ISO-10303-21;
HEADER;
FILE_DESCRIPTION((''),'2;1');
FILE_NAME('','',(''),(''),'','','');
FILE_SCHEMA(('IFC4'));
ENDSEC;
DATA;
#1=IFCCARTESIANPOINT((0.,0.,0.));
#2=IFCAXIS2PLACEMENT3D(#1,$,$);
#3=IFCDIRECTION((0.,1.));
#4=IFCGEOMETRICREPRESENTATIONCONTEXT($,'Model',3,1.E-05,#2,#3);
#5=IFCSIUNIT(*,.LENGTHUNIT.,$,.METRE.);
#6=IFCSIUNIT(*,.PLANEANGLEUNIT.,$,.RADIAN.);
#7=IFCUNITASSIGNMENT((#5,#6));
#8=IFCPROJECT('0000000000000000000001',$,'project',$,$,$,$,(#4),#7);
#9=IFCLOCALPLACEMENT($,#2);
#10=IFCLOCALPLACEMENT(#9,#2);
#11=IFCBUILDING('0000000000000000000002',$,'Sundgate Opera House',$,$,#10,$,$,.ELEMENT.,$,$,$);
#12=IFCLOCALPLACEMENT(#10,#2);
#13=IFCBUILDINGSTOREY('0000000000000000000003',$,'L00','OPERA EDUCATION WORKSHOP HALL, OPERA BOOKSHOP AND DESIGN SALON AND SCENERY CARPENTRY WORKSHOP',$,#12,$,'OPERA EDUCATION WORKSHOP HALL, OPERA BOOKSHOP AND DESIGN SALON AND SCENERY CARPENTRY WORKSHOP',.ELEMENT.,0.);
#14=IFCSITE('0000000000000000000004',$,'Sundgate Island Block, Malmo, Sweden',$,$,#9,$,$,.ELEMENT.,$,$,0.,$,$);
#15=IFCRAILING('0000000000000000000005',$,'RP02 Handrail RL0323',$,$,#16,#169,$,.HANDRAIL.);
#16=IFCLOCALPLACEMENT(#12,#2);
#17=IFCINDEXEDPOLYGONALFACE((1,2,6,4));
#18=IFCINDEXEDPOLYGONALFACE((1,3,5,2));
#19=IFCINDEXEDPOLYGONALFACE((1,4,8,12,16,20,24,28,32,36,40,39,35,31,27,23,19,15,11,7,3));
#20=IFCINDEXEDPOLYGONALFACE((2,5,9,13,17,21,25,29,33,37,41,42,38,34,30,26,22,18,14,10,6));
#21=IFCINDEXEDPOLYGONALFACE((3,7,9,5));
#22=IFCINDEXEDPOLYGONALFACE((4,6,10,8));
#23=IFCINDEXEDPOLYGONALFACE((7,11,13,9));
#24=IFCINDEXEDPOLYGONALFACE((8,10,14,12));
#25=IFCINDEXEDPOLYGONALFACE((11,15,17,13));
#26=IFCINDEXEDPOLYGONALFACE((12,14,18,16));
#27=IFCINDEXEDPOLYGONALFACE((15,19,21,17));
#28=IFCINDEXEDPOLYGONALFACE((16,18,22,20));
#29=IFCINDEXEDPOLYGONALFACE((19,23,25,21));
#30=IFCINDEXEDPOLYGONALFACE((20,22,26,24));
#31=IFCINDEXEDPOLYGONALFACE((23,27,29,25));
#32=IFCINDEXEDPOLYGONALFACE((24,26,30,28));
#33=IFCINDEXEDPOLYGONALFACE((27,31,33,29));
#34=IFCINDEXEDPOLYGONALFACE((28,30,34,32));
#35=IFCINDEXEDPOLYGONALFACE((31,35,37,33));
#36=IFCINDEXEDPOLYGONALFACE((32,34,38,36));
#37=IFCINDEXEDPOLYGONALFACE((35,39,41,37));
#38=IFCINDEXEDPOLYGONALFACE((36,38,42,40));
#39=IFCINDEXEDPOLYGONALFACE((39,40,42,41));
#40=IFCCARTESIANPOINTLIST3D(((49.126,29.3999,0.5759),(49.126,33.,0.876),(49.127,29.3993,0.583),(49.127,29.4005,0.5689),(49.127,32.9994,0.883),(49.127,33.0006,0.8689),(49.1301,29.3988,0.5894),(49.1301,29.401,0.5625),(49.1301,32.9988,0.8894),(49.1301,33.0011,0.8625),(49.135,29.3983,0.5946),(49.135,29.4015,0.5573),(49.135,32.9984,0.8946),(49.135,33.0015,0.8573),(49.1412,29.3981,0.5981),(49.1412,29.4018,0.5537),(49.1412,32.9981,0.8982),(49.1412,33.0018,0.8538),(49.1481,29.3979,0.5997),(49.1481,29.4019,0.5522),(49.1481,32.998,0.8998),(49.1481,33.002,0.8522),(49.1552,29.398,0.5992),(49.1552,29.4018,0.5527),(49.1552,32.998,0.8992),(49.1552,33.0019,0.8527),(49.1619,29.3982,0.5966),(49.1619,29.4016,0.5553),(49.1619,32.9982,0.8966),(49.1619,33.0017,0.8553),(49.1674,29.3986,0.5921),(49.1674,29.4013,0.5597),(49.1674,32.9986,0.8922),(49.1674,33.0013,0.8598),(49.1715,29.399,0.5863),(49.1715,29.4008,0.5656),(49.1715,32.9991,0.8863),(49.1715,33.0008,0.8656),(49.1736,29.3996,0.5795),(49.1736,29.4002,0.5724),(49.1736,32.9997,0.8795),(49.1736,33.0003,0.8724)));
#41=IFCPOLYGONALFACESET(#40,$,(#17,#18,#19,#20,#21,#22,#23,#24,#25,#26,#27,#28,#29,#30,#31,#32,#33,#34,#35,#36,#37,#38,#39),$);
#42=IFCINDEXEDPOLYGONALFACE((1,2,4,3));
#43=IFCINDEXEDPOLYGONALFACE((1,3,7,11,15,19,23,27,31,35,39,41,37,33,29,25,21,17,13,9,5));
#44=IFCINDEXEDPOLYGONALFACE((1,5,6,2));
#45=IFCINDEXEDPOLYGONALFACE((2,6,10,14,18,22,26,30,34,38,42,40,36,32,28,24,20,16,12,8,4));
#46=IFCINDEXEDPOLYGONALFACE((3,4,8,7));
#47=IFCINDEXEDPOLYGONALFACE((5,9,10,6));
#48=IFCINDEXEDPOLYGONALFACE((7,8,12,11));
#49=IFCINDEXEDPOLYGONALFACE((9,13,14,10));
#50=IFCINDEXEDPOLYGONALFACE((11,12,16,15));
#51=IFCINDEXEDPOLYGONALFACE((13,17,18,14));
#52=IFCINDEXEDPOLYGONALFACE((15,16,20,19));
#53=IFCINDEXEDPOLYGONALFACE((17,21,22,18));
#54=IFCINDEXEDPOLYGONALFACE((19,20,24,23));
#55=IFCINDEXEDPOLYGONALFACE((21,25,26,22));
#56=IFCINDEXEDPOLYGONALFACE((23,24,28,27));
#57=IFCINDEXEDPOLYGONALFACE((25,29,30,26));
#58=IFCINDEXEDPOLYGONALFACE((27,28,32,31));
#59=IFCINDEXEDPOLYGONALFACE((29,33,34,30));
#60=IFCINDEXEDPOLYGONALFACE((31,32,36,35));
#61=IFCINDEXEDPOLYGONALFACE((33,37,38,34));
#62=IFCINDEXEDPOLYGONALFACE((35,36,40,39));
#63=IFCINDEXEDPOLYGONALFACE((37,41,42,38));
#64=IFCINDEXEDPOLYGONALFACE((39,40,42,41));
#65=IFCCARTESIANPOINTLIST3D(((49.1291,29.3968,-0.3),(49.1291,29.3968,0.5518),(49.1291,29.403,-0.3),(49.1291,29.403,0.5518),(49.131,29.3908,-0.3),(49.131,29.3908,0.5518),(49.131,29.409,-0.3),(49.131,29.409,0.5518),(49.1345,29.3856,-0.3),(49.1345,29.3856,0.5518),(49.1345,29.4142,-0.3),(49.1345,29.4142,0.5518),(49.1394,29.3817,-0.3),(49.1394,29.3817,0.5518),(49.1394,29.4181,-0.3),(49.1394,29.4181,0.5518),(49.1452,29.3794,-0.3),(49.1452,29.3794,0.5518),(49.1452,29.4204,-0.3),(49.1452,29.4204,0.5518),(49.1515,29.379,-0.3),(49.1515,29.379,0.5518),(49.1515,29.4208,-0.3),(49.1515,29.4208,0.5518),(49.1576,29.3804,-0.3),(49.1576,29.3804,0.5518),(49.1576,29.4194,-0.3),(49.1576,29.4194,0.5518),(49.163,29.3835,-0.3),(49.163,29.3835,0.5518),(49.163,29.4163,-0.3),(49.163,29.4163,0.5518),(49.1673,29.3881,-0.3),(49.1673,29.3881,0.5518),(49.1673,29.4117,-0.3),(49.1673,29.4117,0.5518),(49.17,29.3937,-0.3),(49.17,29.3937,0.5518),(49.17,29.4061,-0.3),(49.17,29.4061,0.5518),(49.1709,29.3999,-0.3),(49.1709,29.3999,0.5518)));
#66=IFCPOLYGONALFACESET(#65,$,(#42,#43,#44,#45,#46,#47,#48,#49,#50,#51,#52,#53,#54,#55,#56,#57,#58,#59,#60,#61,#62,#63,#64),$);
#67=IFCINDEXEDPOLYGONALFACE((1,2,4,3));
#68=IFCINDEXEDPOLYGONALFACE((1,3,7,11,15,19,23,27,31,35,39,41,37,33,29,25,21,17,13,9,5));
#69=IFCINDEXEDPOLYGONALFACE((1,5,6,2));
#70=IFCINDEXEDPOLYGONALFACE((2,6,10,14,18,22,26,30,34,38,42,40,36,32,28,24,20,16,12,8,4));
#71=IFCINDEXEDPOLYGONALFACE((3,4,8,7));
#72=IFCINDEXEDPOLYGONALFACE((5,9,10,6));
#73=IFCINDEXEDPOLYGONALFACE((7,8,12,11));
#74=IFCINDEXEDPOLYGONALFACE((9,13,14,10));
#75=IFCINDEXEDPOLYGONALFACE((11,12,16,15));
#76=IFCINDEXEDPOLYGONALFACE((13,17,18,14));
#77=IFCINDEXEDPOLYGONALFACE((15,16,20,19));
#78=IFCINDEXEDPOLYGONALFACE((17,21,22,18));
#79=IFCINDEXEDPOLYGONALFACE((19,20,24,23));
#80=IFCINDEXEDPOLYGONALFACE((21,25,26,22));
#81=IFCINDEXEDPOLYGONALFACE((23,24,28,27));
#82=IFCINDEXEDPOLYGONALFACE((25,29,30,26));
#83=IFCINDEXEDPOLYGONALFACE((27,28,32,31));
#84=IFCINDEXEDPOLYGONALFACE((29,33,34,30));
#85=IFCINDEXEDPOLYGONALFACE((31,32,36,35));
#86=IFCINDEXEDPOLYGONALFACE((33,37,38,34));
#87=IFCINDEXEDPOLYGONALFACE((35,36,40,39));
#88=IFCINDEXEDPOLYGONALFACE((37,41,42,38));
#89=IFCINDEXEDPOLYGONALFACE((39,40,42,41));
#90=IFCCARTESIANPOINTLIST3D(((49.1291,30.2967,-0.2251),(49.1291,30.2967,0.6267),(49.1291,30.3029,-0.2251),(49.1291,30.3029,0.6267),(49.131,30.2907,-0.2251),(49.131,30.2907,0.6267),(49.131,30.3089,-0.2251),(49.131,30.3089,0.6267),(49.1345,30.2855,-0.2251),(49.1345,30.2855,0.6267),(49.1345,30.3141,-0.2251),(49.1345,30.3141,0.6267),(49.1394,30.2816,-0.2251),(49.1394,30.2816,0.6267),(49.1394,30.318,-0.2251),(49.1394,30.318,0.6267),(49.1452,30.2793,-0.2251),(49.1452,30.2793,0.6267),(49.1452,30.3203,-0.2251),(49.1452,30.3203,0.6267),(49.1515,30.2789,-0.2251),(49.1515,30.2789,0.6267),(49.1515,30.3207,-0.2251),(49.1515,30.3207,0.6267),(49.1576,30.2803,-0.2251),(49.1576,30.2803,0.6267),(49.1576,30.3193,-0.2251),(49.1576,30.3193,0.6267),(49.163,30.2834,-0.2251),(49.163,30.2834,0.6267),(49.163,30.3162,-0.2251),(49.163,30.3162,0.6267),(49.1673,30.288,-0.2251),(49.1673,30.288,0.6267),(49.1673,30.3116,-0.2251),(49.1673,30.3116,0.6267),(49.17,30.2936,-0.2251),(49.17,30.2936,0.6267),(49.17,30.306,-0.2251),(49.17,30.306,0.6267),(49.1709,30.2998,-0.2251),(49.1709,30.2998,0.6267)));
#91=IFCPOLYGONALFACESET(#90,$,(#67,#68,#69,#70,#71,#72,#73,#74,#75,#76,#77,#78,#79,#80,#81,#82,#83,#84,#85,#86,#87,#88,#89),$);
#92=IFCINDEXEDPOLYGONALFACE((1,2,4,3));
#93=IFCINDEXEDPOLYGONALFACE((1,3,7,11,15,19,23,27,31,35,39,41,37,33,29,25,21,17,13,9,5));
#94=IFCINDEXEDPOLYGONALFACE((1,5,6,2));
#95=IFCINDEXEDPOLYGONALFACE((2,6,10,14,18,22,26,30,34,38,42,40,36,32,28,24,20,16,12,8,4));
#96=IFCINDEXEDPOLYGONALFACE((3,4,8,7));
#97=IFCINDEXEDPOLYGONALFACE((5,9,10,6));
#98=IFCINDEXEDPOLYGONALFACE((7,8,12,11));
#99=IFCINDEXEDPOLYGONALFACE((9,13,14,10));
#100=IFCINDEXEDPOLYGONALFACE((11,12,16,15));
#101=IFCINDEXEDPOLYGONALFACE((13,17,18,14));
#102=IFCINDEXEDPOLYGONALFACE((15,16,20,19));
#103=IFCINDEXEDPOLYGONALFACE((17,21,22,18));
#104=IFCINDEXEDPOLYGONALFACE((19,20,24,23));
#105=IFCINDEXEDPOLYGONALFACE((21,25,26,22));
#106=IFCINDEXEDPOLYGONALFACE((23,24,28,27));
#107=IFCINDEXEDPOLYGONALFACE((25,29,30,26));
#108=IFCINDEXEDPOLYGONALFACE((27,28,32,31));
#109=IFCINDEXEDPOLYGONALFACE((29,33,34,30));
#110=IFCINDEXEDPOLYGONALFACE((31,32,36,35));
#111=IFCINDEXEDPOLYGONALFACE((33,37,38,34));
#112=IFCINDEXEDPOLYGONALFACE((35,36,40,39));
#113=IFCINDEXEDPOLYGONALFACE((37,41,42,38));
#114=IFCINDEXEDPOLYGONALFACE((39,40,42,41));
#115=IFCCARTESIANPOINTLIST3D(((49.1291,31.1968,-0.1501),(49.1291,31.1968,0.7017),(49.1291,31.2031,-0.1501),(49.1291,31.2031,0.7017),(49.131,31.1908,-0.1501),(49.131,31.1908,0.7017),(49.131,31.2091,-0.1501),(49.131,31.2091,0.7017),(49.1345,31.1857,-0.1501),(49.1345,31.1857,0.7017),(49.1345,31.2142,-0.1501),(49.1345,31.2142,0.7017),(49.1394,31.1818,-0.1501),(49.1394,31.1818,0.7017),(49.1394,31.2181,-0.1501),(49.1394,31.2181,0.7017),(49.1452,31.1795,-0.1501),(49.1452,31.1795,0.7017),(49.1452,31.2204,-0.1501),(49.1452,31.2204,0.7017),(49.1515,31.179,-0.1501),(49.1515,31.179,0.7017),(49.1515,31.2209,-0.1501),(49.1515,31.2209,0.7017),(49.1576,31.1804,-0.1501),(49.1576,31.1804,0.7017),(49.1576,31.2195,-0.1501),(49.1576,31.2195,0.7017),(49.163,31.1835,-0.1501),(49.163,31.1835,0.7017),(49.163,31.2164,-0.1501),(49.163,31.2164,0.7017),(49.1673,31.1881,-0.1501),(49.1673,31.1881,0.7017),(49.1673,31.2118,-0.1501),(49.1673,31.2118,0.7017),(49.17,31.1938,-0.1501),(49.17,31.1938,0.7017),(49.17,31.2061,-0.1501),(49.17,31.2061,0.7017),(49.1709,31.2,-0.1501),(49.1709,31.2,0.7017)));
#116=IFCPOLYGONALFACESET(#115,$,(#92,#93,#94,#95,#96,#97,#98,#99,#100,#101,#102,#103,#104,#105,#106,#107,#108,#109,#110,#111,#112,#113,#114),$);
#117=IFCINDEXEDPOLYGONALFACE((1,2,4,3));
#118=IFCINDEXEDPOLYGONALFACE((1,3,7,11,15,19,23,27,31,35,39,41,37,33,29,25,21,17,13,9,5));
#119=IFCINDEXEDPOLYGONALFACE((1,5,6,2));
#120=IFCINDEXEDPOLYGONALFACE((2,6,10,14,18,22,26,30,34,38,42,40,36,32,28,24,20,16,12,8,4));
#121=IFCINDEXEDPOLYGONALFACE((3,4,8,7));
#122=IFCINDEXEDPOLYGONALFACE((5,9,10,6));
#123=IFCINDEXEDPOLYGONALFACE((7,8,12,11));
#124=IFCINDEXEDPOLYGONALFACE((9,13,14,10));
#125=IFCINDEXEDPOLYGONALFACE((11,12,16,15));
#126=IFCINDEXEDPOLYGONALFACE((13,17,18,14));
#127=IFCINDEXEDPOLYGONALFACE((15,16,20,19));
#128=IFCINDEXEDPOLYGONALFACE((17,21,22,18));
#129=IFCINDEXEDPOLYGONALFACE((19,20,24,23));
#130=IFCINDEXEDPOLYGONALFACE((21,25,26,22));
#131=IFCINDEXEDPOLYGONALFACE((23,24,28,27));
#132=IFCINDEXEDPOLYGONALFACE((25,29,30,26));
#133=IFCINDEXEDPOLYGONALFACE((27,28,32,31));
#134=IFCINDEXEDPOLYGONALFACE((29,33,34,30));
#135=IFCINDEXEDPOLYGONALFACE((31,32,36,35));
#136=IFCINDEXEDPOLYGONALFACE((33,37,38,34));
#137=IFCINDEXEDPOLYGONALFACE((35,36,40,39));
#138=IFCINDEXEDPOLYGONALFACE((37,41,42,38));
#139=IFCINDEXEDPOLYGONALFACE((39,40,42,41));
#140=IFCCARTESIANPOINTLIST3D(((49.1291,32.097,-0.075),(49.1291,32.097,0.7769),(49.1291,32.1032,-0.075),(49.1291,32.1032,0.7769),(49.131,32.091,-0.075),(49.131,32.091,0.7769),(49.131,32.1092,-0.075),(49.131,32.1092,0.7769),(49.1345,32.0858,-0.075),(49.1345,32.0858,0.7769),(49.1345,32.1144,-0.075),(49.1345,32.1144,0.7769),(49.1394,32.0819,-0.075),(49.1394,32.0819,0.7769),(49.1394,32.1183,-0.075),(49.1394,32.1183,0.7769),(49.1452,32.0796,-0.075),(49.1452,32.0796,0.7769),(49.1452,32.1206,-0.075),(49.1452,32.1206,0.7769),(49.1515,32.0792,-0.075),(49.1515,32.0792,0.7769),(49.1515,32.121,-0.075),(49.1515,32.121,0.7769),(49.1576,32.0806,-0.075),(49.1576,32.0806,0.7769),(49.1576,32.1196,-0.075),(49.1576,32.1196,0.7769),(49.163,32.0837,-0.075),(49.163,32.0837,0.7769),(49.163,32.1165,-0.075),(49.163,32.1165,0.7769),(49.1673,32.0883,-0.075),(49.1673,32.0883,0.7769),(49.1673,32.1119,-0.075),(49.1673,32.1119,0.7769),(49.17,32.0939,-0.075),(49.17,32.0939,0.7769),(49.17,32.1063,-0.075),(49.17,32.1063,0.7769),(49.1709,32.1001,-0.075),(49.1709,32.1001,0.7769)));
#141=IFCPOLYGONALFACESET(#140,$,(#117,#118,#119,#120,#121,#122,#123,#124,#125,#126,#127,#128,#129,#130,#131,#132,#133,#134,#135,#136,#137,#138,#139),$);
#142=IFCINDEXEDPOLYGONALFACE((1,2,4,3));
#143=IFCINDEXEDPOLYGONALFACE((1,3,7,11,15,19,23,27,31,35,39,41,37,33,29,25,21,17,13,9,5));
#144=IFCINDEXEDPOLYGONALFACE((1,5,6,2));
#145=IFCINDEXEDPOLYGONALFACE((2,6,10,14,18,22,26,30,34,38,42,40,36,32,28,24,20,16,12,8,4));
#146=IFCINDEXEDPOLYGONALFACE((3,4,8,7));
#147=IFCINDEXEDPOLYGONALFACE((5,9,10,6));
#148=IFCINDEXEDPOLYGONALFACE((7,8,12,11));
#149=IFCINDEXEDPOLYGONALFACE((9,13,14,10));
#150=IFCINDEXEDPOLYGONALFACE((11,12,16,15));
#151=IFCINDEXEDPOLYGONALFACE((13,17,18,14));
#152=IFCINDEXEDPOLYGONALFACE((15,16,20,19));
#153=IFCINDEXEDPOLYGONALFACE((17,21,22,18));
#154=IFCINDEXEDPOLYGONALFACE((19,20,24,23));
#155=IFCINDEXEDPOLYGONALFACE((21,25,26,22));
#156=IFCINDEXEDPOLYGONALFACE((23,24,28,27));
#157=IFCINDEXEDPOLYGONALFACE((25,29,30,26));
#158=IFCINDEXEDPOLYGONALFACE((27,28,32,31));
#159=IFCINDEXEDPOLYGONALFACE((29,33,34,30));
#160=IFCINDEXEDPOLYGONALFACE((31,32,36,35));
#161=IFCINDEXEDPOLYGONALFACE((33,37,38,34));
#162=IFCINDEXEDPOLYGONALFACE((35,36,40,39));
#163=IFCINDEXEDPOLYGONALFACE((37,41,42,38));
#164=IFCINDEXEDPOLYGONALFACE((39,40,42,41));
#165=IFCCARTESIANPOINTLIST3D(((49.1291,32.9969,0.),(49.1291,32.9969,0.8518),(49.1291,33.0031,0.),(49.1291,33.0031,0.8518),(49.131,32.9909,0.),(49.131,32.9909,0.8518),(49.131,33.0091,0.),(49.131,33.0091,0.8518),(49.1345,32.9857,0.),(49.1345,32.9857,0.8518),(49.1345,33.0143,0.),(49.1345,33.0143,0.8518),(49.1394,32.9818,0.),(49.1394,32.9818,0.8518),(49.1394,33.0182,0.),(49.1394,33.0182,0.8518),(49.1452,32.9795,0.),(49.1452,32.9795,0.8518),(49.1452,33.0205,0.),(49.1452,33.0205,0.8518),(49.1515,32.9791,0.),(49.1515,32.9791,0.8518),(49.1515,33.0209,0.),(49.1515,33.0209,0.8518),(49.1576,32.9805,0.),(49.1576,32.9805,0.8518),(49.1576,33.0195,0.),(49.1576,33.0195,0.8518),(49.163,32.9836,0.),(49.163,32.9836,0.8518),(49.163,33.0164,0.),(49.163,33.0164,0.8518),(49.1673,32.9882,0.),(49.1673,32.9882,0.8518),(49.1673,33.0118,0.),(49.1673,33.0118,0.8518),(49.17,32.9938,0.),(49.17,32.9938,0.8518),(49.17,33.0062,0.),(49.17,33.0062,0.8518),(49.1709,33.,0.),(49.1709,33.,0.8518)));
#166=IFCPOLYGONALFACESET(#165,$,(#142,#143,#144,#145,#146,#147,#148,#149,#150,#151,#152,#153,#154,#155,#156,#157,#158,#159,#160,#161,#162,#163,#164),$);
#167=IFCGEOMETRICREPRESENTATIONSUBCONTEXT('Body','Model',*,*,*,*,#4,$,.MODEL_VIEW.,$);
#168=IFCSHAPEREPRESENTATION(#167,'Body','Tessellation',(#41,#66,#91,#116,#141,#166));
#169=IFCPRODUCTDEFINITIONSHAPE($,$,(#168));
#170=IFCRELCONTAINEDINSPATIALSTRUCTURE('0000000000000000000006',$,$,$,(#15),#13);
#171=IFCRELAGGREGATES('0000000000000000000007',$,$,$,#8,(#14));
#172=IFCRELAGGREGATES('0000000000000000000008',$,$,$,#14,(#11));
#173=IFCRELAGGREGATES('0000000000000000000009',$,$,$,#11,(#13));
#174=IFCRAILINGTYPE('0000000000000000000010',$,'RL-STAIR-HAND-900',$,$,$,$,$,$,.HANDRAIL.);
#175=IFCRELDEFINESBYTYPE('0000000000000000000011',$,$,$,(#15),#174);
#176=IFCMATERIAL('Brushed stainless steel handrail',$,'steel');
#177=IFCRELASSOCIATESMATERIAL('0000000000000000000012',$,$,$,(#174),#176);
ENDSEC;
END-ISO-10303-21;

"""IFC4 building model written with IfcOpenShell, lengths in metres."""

from ifc_helpers import new_model, si_unit, direction, frame, origin, origin_2d, place, context, subcontext, project, spatial, circle, extrude, material, type_object, element, save


model = new_model("IFC4")

# Units and contexts
model_context = context("Model", 3, precision=1e-05, world=origin(), true_north=direction((0.0, 1.0)))
body_context = subcontext(model_context, "Body", "Model", "MODEL_VIEW")
ifc_project = project(units=[si_unit("LENGTHUNIT", "METRE"), si_unit("PLANEANGLEUNIT", "RADIAN")], contexts=[model_context])

# Site, building, storey
site_placement = place(None, origin())
site = spatial("IfcSite", under=ifc_project, at=site_placement, Name="Sundgate Island Block, Malmo, Sweden", CompositionType="ELEMENT", RefElevation=0.0)
building_placement = place(site_placement, origin())
building = spatial("IfcBuilding", under=site, at=building_placement, Name="Sundgate Opera House", CompositionType="ELEMENT")
storey_placement = place(building_placement, origin())
storey = spatial("IfcBuildingStorey", under=building, at=storey_placement, Name="L00", Description="OPERA EDUCATION WORKSHOP HALL, OPERA BOOKSHOP AND DESIGN SALON AND SCENERY CARPENTRY WORKSHOP", LongName="OPERA EDUCATION WORKSHOP HALL, OPERA BOOKSHOP AND DESIGN SALON AND SCENERY CARPENTRY WORKSHOP", CompositionType="ELEMENT", Elevation=0.0)

# Railing
ifc_material_1 = material(Name="Brushed stainless steel handrail", Category="steel")
railing_type_1 = type_object("IfcRailingType", Name="RL-STAIR-HAND-900", PredefinedType="HANDRAIL", material=ifc_material_1)
for number, where, name in (
    (1, (49.1499, 29.3999, -0.3), "RP02 Handrail RL0323"),
):
    element("IfcRailing", number, at=place(storey_placement, frame(where)), inside=storey, type_object=railing_type_1, Name=name, PredefinedType="HANDRAIL", context=body_context, shape_type="SweptSolid", body=[
        extrude(circle(Radius=0.0239, at=origin_2d()), frame((0.0, 0.0, 0.876), z_axis=(0.0, 0.996545, 0.083057), x_axis=(-1.0, 0.0, 0.0)), (0.0, 0.0, 1.0), 3.6125),
        extrude(circle(Radius=0.021, at=origin_2d()), origin(), (0.0, 0.0, 1.0), 0.8518),
        extrude(circle(Radius=0.021, at=origin_2d()), frame((0.0, 0.8999, 0.075)), (0.0, 0.0, 1.0), 0.8518),
        extrude(circle(Radius=0.021, at=origin_2d()), frame((0.0, 1.8, 0.1499)), (0.0, 0.0, 1.0), 0.8518),
        extrude(circle(Radius=0.021, at=origin_2d()), frame((0.0, 2.7002, 0.2251)), (0.0, 0.0, 1.0), 0.8518),
        extrude(circle(Radius=0.021, at=origin_2d()), frame((0.0, 3.6001, 0.3)), (0.0, 0.0, 1.0), 0.8518),
    ])

save(model, "model.ifc")
